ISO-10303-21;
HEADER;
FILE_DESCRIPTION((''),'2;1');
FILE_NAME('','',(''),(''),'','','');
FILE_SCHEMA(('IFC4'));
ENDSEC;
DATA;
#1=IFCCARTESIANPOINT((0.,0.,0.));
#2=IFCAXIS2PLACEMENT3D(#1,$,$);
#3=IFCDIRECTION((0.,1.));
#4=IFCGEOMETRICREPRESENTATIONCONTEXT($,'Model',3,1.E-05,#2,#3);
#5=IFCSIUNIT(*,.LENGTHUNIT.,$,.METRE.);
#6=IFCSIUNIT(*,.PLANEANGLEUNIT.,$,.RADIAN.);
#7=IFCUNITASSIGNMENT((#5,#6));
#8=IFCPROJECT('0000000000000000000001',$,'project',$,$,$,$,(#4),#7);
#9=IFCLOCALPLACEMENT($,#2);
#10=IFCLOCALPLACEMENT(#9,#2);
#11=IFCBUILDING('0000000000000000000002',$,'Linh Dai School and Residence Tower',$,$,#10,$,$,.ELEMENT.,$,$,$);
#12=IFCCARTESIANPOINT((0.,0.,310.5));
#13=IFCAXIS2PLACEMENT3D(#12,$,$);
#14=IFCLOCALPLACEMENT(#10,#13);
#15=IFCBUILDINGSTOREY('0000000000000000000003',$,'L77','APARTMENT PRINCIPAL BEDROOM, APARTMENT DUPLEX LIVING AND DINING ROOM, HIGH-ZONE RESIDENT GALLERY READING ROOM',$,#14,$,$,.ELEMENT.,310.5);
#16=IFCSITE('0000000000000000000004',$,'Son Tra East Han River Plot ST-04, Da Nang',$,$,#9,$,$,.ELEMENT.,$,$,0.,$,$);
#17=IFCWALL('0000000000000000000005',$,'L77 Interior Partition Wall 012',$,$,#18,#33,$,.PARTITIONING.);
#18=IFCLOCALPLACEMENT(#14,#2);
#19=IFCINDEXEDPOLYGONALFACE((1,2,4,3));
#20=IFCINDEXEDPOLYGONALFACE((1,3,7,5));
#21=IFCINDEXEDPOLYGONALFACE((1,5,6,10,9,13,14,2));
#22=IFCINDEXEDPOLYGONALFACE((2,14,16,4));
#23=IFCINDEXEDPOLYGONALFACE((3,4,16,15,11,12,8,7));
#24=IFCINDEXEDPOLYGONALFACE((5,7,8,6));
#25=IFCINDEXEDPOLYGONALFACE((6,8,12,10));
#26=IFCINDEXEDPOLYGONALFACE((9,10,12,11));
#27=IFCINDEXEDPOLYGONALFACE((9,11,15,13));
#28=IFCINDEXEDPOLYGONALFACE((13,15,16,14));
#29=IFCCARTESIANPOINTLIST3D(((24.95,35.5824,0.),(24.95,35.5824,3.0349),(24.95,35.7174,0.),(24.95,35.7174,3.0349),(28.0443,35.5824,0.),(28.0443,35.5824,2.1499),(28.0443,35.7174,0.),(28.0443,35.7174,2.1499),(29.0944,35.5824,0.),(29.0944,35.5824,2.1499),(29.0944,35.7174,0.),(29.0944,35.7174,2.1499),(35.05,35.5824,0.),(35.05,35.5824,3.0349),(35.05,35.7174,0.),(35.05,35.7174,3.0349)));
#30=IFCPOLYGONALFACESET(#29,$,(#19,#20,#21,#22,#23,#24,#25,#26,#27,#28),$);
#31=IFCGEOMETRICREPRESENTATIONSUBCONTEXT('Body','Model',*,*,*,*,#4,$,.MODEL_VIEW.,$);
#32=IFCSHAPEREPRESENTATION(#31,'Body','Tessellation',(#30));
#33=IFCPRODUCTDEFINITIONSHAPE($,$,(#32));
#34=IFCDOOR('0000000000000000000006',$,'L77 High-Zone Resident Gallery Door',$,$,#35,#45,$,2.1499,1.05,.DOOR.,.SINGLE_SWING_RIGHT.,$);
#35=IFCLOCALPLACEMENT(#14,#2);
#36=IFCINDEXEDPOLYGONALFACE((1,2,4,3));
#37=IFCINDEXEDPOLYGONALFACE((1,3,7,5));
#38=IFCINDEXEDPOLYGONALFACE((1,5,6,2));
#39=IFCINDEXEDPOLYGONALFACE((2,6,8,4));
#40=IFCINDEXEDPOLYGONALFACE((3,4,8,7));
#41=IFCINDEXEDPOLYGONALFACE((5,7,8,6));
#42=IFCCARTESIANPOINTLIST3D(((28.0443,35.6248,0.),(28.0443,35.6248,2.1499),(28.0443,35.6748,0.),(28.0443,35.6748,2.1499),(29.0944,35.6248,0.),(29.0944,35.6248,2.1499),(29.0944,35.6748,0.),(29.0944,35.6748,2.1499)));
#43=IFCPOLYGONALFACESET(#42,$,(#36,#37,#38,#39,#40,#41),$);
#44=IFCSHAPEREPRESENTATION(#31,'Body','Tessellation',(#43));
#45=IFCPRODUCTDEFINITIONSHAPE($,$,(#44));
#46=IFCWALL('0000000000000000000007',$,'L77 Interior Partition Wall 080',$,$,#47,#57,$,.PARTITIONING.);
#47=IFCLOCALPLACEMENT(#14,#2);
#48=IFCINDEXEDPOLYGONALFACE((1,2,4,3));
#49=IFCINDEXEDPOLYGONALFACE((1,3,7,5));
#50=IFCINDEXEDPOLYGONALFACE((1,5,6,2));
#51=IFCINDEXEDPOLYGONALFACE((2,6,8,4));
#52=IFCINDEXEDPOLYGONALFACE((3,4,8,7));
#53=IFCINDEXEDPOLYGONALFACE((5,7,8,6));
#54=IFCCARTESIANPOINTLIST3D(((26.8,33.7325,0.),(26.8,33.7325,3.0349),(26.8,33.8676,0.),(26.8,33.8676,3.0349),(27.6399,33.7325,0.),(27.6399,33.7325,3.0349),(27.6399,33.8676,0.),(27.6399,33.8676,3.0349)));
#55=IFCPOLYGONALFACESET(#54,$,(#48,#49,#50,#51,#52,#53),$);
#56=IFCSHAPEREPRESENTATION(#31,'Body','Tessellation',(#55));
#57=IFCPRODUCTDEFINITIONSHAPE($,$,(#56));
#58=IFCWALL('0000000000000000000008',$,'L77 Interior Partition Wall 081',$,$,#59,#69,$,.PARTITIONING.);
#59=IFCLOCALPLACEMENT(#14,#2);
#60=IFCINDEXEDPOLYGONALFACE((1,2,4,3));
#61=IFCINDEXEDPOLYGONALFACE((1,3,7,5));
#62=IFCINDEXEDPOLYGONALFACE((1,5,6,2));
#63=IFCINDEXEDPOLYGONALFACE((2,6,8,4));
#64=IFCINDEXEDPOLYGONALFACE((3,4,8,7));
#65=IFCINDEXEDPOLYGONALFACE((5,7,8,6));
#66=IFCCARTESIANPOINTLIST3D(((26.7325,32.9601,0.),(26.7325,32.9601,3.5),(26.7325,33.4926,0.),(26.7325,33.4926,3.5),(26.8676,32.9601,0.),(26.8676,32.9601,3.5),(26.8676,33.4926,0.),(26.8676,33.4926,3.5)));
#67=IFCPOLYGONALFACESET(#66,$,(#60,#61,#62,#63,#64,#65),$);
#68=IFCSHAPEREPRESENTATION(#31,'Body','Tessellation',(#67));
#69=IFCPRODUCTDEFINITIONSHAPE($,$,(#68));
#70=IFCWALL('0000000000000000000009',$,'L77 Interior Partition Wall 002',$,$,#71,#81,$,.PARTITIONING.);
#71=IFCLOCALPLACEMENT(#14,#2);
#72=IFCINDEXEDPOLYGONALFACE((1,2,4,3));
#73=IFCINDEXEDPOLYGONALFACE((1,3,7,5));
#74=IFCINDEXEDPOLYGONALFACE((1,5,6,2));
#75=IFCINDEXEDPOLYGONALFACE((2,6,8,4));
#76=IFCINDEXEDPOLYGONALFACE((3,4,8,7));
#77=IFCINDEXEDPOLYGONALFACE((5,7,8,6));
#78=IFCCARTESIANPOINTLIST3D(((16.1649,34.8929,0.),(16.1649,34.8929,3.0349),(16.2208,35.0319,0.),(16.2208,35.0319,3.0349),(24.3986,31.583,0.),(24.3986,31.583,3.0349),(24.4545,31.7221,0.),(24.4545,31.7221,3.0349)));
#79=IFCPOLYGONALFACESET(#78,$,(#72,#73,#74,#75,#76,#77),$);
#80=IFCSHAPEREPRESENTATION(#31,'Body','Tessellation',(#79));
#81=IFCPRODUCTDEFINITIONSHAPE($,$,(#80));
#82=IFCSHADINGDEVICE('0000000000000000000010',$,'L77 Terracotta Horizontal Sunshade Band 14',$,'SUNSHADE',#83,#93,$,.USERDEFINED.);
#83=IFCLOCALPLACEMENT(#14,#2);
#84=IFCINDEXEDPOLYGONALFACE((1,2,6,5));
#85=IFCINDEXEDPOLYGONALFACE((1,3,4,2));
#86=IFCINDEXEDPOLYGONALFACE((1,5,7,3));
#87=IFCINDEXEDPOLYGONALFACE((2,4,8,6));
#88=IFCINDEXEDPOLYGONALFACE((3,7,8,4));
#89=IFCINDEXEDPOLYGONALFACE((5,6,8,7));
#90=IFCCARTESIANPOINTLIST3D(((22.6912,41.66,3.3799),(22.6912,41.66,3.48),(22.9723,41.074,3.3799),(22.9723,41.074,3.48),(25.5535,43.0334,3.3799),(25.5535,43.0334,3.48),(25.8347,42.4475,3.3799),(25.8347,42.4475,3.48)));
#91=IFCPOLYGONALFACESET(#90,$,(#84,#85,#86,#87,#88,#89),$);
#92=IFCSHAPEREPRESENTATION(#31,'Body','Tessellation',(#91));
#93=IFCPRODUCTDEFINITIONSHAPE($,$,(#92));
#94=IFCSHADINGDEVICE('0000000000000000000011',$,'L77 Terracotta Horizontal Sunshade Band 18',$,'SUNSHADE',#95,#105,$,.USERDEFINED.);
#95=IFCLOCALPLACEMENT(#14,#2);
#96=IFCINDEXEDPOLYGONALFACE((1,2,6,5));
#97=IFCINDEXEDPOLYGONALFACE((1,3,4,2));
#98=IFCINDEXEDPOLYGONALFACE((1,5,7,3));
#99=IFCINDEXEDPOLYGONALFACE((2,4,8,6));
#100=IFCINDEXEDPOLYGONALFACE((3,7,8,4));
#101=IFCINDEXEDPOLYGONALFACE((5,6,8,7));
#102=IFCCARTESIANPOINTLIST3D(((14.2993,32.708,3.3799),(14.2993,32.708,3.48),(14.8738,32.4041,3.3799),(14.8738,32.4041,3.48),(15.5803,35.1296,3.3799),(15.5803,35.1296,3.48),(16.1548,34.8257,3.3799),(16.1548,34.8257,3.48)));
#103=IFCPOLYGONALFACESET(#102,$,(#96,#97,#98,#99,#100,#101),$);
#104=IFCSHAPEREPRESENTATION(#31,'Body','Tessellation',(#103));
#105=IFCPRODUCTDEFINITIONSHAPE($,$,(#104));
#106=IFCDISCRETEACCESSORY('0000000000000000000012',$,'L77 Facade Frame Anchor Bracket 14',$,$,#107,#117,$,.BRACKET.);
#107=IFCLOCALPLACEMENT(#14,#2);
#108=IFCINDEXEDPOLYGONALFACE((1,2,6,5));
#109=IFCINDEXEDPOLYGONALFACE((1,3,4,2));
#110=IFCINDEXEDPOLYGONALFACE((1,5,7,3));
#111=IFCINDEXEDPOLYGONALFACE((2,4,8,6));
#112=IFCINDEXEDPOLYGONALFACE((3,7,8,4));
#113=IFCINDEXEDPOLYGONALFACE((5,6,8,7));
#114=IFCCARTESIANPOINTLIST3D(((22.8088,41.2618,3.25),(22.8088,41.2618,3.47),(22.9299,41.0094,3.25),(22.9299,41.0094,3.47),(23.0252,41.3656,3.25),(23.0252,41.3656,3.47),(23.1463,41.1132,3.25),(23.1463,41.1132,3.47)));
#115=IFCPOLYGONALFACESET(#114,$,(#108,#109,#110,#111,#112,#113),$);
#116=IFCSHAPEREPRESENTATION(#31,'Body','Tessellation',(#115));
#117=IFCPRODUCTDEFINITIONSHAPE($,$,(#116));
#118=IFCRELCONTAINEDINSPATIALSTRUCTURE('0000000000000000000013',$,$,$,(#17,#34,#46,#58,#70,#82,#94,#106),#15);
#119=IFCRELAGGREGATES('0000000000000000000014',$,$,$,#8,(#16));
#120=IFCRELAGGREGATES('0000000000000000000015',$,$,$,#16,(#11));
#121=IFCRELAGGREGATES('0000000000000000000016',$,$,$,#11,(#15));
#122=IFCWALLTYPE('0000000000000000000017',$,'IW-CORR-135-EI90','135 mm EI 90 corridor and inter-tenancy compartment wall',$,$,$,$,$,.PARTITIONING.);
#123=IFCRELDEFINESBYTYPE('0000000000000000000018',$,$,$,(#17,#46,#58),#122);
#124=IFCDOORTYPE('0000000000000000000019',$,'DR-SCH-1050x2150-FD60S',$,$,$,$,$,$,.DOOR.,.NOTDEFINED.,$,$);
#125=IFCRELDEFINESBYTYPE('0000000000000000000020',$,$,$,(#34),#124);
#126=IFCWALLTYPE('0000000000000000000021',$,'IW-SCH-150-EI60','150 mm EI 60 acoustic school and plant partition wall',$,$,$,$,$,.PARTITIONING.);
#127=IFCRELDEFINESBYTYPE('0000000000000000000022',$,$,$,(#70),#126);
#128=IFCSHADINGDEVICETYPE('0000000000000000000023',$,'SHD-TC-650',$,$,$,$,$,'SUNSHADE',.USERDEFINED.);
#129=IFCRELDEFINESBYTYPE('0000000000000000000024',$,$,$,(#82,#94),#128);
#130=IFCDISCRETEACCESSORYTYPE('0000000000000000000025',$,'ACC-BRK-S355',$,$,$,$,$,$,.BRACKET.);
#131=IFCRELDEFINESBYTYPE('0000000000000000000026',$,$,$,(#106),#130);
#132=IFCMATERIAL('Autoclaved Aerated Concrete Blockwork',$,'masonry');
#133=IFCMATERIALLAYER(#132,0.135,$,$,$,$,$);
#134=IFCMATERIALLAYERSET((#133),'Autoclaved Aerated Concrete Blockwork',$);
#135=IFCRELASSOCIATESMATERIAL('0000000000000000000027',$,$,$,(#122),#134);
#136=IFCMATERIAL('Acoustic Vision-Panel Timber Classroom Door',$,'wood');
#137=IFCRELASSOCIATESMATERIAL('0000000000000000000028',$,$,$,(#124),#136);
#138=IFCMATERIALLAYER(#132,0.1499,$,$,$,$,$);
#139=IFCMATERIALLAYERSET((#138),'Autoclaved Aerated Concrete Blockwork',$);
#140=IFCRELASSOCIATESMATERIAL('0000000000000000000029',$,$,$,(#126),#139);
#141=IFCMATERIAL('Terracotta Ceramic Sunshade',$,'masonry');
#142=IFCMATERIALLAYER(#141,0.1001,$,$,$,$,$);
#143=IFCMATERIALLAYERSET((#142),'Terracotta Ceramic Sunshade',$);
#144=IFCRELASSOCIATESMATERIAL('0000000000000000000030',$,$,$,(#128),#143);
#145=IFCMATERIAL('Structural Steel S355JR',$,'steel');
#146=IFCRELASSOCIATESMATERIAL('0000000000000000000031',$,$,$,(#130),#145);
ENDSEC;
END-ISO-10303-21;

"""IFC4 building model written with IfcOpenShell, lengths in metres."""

from ifc_helpers import new_model, si_unit, direction, frame, frame_2d, origin, origin_2d, place, context, subcontext, project, spatial, rectangle, extrude, source, transform, mapped, material, layer, layer_set, type_object, element, fill, save


model = new_model("IFC4")

# Units and contexts
model_context = context("Model", 3, precision=1e-05, world=origin(), true_north=direction((0.0, 1.0)))
body_context = subcontext(model_context, "Body", "Model", "MODEL_VIEW")
ifc_project = project(units=[si_unit("LENGTHUNIT", "METRE"), si_unit("PLANEANGLEUNIT", "RADIAN")], contexts=[model_context])

# Site, building, storey
site_placement = place(None, origin())
site = spatial("IfcSite", under=ifc_project, at=site_placement, Name="Son Tra East Han River Plot ST-04, Da Nang", CompositionType="ELEMENT", RefElevation=0.0)
building_placement = place(site_placement, origin())
building = spatial("IfcBuilding", under=site, at=building_placement, Name="Linh Dai School and Residence Tower", CompositionType="ELEMENT")
storey_placement = place(building_placement, frame((0.0, 0.0, 310.5)))
storey = spatial("IfcBuildingStorey", under=building, at=storey_placement, Name="L77", Description="APARTMENT PRINCIPAL BEDROOM, APARTMENT DUPLEX LIVING AND DINING ROOM, HIGH-ZONE RESIDENT GALLERY READING ROOM", CompositionType="ELEMENT", Elevation=310.5)

# Shared definitions
ifc_material_1 = material(Name="Structural Steel S355JR", Category="steel")

# Wall, opening, door
ifc_material_2 = material(Name="Autoclaved Aerated Concrete Blockwork", Category="masonry")
ifc_layer_1 = layer(ifc_material_2, 0.135)
ifc_layer_set_1 = layer_set([ifc_layer_1], Name="Autoclaved Aerated Concrete Blockwork")
wall_type_1 = type_object("IfcWallType", Name="IW-CORR-135-EI90", Description="135 mm EI 90 corridor and inter-tenancy compartment wall", PredefinedType="PARTITIONING", material=ifc_layer_set_1)
wall_1_placement = place(storey_placement, frame((24.95, 35.6499, 0.0), z_axis=(0.0, 0.0, 1.0), x_axis=(1.0, 0.0, 0.0)))
wall_1 = element("IfcWall", 1, at=wall_1_placement, inside=storey, type_object=wall_type_1, Name="L77 Interior Partition Wall 012", PredefinedType="PARTITIONING", context=body_context, shape_type="SweptSolid", body=[
    extrude(rectangle(XDim=10.1001, YDim=0.135, at=frame_2d((5.05, 0.0))), origin(), (0.0, 0.0, 1.0), 3.0349),
])
opening_1_placement = place(wall_1_placement, frame((3.0945, 0.0, 0.0)))
opening_1 = element("IfcOpeningElement", 2, at=opening_1_placement, cuts=wall_1, PredefinedType="OPENING", context=body_context, shape_type="SweptSolid", body=[
    extrude(rectangle(XDim=1.05, YDim=2.1499, at=origin_2d()), frame((0.5249, 0.0776, 1.075), z_axis=(0.0, -1.0, 0.0), x_axis=(1.0, 0.0, 0.0)), (0.0, 0.0, 1.0), 0.155),
])
ifc_material_3 = material(Name="Acoustic Vision-Panel Timber Classroom Door", Category="wood")
door_type = type_object("IfcDoorType", Name="DR-SCH-1050x2150-FD60S", OperationType="NOTDEFINED", PredefinedType="DOOR", material=ifc_material_3)
shared_shape_1 = source(origin(), body_context, "Body", "SweptSolid", [
    extrude(rectangle(XDim=1.05, YDim=2.1499, at=origin_2d()), frame((0.5249, 0.0249, 1.075), z_axis=(0.0, -1.0, 0.0), x_axis=(1.0, 0.0, 0.0)), (0.0, 0.0, 1.0), 0.05),
])
door_placement = place(opening_1_placement, origin())
door = element("IfcDoor", 3, at=door_placement, inside=storey, type_object=door_type, Name="L77 High-Zone Resident Gallery Door", OperationType="SINGLE_SWING_RIGHT", OverallHeight=2.1499, OverallWidth=1.05, PredefinedType="DOOR", context=body_context, shape_type="MappedRepresentation", body=[
    mapped(shared_shape_1, transform((0.0, 0.0, 0.0), x_axis=(1.0, 0.0, 0.0), y_axis=(0.0, 1.0, 0.0), z_axis=(0.0, 0.0, 1.0), scale=1.0)),
])
fill(opening_1, door)

# Walls
wall_2_placement = place(storey_placement, frame((27.6399, 33.8, 0.0), z_axis=(0.0, 0.0, 1.0), x_axis=(-1.0, 0.0, 0.0)))
element("IfcWall", 4, at=wall_2_placement, inside=storey, type_object=wall_type_1, Name="L77 Interior Partition Wall 080", PredefinedType="PARTITIONING", context=body_context, shape_type="SweptSolid", body=[
    extrude(rectangle(XDim=0.8398, YDim=0.135, at=frame_2d((0.4199, 0.0))), origin(), (0.0, 0.0, 1.0), 3.0349),
])
wall_3_placement = place(storey_placement, frame((26.8, 33.4924, 0.0), z_axis=(0.0, 0.0, 1.0), x_axis=(0.0, -1.0, 0.0)))
element("IfcWall", 5, at=wall_3_placement, inside=storey, type_object=wall_type_1, Name="L77 Interior Partition Wall 081", PredefinedType="PARTITIONING", context=body_context, shape_type="SweptSolid", body=[
    extrude(rectangle(XDim=0.5325, YDim=0.135, at=frame_2d((0.2661, 0.0))), origin(), (0.0, 0.0, 1.0), 3.5),
])
ifc_layer_2 = layer(ifc_material_2, 0.1499)
ifc_layer_set_2 = layer_set([ifc_layer_2], Name="Autoclaved Aerated Concrete Blockwork")
wall_type_2 = type_object("IfcWallType", Name="IW-SCH-150-EI60", Description="150 mm EI 60 acoustic school and plant partition wall", PredefinedType="PARTITIONING", material=ifc_layer_set_2)
wall_4_placement = place(storey_placement, frame((16.1929, 34.9624, 0.0), z_axis=(0.0, 0.0, 1.0), x_axis=(0.92784, -0.372979, 0.0)))
element("IfcWall", 6, at=wall_4_placement, inside=storey, type_object=wall_type_2, Name="L77 Interior Partition Wall 002", PredefinedType="PARTITIONING", context=body_context, shape_type="SweptSolid", body=[
    extrude(rectangle(XDim=8.874, YDim=0.1499, at=frame_2d((4.437, 0.0))), origin(), (0.0, 0.0, 1.0), 3.0349),
])

# Shading devices
ifc_material_4 = material(Name="Terracotta Ceramic Sunshade", Category="masonry")
ifc_layer_3 = layer(ifc_material_4, 0.1001)
ifc_layer_set_3 = layer_set([ifc_layer_3], Name="Terracotta Ceramic Sunshade")
shading_device_type = type_object("IfcShadingDeviceType", Name="SHD-TC-650", ElementType="SUNSHADE", PredefinedType="USERDEFINED", material=ifc_layer_set_3)
shared_shape_2 = source(origin(), body_context, "Body", "SweptSolid", [
    extrude(rectangle(XDim=3.1748, YDim=0.6499, at=origin_2d()), origin(), (0.0, 0.0, 1.0), 0.1001),
])
shading_device_1_placement = place(storey_placement, frame((24.2629, 42.0537, 3.3799), z_axis=(0.0, 0.0, 1.0), x_axis=(0.90158, 0.432612, 0.0)))
element("IfcShadingDevice", 7, at=shading_device_1_placement, inside=storey, type_object=shading_device_type, Name="L77 Terracotta Horizontal Sunshade Band 14", ObjectType="SUNSHADE", PredefinedType="USERDEFINED", context=body_context, shape_type="MappedRepresentation", body=[
    mapped(shared_shape_2, transform((0.0, 0.0, 0.0), x_axis=(1.0, 0.0, 0.0), y_axis=(0.0, 1.0, 0.0), z_axis=(0.0, 0.0, 1.0), scale=1.0)),
])
shared_shape_3 = source(origin(), body_context, "Body", "SweptSolid", [
    extrude(rectangle(XDim=2.7395, YDim=0.6499, at=origin_2d()), origin(), (0.0, 0.0, 1.0), 0.1001),
])
shading_device_2_placement = place(storey_placement, frame((15.2271, 33.7668, 3.3799), z_axis=(0.0, 0.0, 1.0), x_axis=(0.467604, 0.883938, 0.0)))
element("IfcShadingDevice", 8, at=shading_device_2_placement, inside=storey, type_object=shading_device_type, Name="L77 Terracotta Horizontal Sunshade Band 18", ObjectType="SUNSHADE", PredefinedType="USERDEFINED", context=body_context, shape_type="MappedRepresentation", body=[
    mapped(shared_shape_3, transform((0.0, 0.0, 0.0), x_axis=(1.0, 0.0, 0.0), y_axis=(0.0, 1.0, 0.0), z_axis=(0.0, 0.0, 1.0), scale=1.0)),
])

# Discrete accessory
discrete_accessory_type = type_object("IfcDiscreteAccessoryType", Name="ACC-BRK-S355", PredefinedType="BRACKET", material=ifc_material_1)
shared_shape_4 = source(origin(), body_context, "Body", "SweptSolid", [
    extrude(rectangle(XDim=0.28, YDim=0.24, at=origin_2d()), origin(), (0.0, 0.0, 1.0), 0.22),
])
discrete_accessory_placement = place(storey_placement, frame((22.9775, 41.1875, 3.25), z_axis=(0.0, 0.0, 1.0), x_axis=(-0.432612, 0.90158, 0.0)))
element("IfcDiscreteAccessory", 9, at=discrete_accessory_placement, inside=storey, type_object=discrete_accessory_type, Name="L77 Facade Frame Anchor Bracket 14", PredefinedType="BRACKET", context=body_context, shape_type="MappedRepresentation", body=[
    mapped(shared_shape_4, transform((0.0, 0.0, 0.0), x_axis=(1.0, 0.0, 0.0), y_axis=(0.0, 1.0, 0.0), z_axis=(0.0, 0.0, 1.0), scale=1.0)),
])

save(model, "model.ifc")
